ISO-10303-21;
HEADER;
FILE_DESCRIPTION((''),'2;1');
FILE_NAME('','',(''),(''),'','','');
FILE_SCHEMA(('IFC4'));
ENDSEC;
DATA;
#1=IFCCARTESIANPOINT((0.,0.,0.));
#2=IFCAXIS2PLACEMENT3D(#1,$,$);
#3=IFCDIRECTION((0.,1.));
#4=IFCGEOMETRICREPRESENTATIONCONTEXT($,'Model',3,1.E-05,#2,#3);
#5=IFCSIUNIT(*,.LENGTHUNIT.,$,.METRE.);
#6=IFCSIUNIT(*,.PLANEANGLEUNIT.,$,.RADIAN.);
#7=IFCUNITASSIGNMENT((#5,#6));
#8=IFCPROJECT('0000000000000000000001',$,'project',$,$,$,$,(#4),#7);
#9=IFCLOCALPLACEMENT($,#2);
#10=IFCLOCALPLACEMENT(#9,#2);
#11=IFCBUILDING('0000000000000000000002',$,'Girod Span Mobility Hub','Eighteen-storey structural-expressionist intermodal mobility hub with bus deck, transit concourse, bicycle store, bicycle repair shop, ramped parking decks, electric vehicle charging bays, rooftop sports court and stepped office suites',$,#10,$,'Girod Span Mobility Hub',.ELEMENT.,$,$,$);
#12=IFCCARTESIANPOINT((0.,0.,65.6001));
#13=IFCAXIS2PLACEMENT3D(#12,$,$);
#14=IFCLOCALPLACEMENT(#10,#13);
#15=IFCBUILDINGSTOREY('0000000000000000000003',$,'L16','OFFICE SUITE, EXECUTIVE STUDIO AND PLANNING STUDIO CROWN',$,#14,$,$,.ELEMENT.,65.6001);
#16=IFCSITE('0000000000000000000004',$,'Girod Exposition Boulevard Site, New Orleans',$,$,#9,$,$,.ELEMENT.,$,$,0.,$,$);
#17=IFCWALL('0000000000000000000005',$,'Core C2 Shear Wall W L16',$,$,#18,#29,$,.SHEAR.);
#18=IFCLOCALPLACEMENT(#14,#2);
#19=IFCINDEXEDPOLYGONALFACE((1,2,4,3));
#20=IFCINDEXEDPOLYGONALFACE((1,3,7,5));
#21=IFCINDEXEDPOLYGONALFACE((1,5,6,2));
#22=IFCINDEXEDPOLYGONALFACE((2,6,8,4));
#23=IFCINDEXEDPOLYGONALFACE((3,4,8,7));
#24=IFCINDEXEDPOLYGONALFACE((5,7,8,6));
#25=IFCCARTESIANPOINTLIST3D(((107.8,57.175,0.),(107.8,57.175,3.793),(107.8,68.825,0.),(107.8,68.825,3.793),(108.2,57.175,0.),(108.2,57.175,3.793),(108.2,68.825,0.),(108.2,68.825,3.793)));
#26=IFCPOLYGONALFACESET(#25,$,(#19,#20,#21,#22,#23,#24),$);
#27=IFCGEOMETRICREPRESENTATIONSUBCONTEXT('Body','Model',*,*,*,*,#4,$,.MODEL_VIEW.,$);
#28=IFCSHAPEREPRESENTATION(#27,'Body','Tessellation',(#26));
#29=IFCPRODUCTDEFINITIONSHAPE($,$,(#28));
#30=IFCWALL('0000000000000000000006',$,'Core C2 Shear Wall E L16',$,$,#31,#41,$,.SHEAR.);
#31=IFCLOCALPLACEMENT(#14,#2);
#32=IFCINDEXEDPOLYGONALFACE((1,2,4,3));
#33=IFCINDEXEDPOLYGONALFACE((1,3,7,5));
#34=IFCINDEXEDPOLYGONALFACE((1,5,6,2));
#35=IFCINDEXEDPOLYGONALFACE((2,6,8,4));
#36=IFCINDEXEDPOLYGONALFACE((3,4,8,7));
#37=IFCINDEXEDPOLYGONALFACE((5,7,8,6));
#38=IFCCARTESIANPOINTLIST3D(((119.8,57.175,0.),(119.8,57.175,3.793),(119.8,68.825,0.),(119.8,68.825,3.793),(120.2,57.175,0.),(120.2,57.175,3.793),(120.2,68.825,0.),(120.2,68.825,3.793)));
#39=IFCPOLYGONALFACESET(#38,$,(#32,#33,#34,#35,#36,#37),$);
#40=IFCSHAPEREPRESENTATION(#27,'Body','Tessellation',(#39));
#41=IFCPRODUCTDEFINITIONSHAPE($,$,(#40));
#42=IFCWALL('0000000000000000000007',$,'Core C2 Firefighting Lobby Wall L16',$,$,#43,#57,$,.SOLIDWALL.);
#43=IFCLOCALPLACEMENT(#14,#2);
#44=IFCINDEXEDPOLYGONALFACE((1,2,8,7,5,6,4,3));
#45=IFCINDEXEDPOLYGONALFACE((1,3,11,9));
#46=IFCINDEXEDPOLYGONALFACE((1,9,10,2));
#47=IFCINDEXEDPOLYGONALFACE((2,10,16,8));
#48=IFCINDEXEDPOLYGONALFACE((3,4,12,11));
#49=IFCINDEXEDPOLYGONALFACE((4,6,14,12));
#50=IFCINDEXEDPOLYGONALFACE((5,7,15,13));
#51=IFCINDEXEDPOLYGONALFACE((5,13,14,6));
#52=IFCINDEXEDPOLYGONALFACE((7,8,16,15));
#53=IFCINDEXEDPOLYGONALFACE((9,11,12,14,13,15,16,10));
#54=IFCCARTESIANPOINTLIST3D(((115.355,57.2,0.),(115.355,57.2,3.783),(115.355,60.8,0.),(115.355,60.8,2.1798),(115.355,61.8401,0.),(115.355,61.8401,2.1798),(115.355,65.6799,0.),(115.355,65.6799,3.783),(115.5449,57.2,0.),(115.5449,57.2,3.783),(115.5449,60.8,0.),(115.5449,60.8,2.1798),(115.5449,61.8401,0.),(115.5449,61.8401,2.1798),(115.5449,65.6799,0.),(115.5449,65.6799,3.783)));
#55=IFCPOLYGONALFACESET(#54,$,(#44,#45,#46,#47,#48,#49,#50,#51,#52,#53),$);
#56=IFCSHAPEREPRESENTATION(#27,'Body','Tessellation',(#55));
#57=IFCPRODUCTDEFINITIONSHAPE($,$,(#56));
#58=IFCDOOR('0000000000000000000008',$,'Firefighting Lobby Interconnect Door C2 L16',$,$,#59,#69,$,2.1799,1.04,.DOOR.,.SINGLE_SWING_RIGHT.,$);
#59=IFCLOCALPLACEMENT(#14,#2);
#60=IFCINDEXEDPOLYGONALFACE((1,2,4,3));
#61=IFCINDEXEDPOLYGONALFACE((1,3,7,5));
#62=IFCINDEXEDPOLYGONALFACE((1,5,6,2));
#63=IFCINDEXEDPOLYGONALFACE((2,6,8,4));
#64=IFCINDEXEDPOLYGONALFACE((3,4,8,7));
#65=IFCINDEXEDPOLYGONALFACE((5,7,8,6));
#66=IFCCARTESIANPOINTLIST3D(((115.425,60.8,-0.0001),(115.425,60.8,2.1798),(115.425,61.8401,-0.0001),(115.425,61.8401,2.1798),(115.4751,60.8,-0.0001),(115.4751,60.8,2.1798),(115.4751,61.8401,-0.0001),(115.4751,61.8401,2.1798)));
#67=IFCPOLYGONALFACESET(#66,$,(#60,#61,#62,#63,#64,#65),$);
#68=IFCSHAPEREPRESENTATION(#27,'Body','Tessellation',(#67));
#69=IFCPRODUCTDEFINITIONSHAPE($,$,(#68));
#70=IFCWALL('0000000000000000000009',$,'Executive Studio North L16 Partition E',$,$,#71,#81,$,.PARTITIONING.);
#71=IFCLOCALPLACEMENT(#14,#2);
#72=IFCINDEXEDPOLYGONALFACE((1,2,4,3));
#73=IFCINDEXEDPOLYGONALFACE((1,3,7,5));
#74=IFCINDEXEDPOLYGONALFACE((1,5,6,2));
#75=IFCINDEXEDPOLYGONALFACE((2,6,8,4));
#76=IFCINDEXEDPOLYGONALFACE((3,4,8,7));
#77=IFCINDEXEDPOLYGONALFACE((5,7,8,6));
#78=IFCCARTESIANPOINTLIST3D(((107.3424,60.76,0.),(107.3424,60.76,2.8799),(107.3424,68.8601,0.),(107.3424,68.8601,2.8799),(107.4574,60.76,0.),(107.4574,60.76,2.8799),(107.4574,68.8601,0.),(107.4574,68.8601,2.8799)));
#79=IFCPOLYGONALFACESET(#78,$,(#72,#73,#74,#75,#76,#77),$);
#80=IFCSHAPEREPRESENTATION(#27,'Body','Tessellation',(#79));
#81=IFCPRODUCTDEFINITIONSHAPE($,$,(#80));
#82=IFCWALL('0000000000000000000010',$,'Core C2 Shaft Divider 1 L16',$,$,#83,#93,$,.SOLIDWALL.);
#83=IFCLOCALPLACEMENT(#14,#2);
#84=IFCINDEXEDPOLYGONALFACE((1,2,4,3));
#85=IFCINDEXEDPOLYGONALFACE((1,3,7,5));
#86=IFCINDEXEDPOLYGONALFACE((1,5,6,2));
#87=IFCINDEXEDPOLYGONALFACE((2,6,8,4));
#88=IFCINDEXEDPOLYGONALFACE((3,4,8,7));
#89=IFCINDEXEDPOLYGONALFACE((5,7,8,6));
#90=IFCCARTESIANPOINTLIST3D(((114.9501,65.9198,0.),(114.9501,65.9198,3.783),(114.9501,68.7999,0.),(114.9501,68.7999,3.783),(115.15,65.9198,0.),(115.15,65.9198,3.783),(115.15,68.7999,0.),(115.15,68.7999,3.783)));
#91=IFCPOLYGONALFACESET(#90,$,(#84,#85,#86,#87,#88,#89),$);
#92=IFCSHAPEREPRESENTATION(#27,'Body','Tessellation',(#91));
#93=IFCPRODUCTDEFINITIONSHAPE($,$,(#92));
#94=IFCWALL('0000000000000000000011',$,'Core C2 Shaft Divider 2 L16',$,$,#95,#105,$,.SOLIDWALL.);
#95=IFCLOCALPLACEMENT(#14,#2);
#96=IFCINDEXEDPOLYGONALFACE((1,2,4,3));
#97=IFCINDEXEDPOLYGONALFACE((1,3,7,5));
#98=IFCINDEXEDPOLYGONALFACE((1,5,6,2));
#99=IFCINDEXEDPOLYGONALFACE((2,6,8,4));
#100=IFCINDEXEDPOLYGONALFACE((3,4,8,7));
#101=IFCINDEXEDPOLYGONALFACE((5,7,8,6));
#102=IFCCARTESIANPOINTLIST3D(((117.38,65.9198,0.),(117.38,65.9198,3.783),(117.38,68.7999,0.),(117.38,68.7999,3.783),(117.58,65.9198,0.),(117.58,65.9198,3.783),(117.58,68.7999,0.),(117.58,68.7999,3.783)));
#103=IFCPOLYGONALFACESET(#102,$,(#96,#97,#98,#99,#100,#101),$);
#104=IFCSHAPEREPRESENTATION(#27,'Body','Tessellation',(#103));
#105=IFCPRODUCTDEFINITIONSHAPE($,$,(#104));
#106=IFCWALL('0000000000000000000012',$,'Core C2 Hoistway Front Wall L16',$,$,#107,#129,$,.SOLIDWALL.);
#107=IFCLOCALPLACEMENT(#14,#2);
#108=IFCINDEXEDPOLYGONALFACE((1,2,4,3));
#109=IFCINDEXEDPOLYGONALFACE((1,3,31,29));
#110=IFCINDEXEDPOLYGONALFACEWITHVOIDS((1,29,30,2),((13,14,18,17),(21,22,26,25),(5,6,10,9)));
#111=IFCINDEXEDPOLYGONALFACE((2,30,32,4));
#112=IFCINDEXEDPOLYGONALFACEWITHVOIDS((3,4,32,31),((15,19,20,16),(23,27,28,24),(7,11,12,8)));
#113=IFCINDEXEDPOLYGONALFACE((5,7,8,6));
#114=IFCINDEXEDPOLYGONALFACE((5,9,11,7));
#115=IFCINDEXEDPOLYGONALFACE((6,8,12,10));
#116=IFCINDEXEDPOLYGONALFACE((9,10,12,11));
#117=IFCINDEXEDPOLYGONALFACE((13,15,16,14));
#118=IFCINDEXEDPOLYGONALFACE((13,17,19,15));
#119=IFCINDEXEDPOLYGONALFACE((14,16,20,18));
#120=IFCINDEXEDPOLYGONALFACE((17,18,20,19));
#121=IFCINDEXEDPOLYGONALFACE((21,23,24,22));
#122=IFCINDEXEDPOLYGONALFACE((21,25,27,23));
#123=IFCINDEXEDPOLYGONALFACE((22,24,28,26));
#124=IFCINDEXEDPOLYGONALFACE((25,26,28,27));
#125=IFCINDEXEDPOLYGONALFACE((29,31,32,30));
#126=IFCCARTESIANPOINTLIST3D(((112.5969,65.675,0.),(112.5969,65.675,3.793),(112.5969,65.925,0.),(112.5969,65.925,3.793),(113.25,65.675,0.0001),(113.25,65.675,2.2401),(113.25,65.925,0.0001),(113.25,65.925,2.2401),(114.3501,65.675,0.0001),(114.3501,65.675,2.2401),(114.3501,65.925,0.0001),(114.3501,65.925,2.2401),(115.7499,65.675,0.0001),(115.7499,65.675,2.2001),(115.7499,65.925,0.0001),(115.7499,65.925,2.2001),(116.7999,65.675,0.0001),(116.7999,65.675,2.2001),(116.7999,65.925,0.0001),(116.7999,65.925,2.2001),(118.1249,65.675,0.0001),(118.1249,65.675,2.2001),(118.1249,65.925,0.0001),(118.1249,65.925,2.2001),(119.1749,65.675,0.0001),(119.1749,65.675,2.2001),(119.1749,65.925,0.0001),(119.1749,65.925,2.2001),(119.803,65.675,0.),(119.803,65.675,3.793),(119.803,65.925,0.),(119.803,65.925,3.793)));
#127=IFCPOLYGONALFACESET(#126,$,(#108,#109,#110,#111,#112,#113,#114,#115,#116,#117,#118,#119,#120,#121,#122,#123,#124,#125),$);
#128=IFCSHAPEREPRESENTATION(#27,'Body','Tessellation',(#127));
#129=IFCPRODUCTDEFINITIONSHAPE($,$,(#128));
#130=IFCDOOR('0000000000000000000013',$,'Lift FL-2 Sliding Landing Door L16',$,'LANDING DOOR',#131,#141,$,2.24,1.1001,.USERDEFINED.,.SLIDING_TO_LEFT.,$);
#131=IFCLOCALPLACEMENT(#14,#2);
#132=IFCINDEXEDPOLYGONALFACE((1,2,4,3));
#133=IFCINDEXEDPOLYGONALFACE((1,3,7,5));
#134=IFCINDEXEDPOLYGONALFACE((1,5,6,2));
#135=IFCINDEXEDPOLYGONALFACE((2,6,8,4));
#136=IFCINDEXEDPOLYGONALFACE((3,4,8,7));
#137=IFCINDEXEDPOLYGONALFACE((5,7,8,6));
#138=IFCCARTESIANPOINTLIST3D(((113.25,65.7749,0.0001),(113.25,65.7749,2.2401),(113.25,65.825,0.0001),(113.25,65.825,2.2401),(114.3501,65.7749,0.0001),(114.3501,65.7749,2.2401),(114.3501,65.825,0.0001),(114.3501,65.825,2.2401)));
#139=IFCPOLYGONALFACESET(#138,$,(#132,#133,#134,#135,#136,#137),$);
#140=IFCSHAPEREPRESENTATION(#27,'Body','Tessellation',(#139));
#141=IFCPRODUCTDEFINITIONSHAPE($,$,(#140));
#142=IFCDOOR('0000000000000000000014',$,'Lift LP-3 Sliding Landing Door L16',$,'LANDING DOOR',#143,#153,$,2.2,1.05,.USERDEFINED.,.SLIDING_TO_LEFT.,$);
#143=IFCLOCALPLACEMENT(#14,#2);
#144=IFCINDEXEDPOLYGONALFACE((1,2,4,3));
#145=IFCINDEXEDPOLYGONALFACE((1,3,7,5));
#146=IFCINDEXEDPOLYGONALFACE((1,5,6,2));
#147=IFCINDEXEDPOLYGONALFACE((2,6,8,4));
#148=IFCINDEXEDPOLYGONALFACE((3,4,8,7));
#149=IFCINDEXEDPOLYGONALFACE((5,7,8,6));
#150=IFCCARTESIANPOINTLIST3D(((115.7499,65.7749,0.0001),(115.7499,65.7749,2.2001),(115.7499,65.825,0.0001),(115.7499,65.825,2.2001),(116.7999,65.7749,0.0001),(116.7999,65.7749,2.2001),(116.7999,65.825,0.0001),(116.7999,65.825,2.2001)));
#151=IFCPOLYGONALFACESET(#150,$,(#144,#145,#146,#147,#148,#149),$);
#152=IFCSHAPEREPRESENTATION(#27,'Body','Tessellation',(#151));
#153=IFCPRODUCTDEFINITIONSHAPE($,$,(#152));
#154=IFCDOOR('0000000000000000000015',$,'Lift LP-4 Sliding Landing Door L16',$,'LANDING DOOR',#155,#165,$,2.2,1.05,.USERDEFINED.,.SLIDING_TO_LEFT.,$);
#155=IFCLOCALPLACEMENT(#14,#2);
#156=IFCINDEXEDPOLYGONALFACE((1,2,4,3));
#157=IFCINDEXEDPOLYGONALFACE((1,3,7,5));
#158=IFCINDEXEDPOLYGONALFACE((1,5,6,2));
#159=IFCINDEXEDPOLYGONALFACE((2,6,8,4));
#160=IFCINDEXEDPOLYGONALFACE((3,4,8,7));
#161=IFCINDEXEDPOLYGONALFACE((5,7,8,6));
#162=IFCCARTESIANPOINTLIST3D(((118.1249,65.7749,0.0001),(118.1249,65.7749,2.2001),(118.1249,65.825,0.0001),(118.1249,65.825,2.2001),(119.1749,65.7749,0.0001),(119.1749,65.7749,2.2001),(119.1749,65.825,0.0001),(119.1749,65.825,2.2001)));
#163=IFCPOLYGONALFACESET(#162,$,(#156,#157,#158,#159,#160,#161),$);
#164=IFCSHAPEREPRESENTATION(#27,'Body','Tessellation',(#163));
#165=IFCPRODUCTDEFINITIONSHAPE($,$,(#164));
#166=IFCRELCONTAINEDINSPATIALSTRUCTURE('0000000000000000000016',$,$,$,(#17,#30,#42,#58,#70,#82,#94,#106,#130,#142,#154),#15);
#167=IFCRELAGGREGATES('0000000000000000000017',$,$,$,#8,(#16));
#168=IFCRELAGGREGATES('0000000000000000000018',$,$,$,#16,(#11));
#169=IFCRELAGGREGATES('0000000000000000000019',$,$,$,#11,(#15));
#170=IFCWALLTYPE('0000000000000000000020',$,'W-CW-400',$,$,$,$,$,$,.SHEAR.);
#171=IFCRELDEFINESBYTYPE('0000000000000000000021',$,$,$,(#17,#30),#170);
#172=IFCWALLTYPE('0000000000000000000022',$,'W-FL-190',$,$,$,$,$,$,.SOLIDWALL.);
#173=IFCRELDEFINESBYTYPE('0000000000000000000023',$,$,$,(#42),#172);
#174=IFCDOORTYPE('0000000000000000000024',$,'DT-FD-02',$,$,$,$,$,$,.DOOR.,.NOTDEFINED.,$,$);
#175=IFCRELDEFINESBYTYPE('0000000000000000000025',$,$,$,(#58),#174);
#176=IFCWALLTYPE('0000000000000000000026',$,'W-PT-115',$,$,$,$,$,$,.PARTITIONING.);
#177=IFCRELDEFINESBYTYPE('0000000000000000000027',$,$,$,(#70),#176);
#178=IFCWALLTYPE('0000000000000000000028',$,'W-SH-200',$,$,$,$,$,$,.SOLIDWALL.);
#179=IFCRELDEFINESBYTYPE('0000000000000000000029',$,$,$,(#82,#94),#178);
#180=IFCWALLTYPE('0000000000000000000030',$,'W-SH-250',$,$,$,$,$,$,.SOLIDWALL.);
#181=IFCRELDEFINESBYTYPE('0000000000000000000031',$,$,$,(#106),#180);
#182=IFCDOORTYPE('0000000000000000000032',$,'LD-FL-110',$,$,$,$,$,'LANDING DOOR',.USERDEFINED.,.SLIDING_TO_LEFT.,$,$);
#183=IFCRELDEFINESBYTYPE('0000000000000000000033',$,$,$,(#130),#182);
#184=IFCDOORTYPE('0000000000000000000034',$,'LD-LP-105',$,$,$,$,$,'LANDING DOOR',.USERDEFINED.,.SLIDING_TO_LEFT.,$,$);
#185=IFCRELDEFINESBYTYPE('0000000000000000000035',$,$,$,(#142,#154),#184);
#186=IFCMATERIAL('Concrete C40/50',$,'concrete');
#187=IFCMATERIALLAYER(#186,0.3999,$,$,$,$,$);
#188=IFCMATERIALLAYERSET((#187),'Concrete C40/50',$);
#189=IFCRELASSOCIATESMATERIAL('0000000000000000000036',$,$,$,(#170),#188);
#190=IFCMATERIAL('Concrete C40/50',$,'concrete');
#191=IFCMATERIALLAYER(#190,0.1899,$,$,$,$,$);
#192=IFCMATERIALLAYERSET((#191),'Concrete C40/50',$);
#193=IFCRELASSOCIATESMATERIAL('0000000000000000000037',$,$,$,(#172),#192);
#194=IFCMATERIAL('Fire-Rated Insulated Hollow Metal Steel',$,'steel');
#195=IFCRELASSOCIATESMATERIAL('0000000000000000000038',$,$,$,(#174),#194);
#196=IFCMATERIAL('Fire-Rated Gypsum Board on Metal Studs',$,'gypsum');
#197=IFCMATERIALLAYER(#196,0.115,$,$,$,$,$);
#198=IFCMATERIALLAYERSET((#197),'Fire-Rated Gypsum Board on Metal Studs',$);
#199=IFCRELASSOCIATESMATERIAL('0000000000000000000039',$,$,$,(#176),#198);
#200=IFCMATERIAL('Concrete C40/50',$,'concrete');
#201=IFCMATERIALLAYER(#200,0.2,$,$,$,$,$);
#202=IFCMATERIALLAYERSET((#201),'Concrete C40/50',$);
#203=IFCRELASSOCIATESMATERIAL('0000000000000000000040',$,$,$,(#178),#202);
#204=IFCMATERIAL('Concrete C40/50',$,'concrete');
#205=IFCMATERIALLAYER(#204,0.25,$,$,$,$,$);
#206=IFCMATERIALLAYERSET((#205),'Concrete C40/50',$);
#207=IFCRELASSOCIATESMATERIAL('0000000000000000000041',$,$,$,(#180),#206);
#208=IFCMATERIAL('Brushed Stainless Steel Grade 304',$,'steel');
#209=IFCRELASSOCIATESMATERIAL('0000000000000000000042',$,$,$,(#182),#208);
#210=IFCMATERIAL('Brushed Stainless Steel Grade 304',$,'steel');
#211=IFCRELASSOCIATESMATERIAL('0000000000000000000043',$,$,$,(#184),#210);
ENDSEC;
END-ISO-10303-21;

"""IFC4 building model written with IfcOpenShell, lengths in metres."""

from ifc_helpers import new_model, si_unit, direction, frame, frame_2d, origin, place, context, subcontext, project, spatial, rectangle, extrude, material, layer, layer_set, type_object, element, fill, save


model = new_model("IFC4")

# Units and contexts
model_context = context("Model", 3, precision=1e-05, world=origin(), true_north=direction((0.0, 1.0)))
body_context = subcontext(model_context, "Body", "Model", "MODEL_VIEW")
ifc_project = project(units=[si_unit("LENGTHUNIT", "METRE"), si_unit("PLANEANGLEUNIT", "RADIAN")], contexts=[model_context])

# Site, building, storey
site_placement = place(None, origin())
site = spatial("IfcSite", under=ifc_project, at=site_placement, Name="Girod Exposition Boulevard Site, New Orleans", CompositionType="ELEMENT", RefElevation=0.0)
building_placement = place(site_placement, origin())
building = spatial("IfcBuilding", under=site, at=building_placement, Name="Girod Span Mobility Hub", Description="Eighteen-storey structural-expressionist intermodal mobility hub with bus deck, transit concourse, bicycle store, bicycle repair shop, ramped parking decks, electric vehicle charging bays, rooftop sports court and stepped office suites", LongName="Girod Span Mobility Hub", CompositionType="ELEMENT")
storey_placement = place(building_placement, frame((0.0, 0.0, 65.6001)))
storey = spatial("IfcBuildingStorey", under=building, at=storey_placement, Name="L16", Description="OFFICE SUITE, EXECUTIVE STUDIO AND PLANNING STUDIO CROWN", CompositionType="ELEMENT", Elevation=65.6001)

# Walls
ifc_material_1 = material(Name="Concrete C40/50", Category="concrete")
ifc_layer_1 = layer(ifc_material_1, 0.3999)
ifc_layer_set_1 = layer_set([ifc_layer_1], Name="Concrete C40/50")
wall_type_1 = type_object("IfcWallType", Name="W-CW-400", PredefinedType="SHEAR", material=ifc_layer_set_1)
for number, where, z_axis, x_axis, name in (
    (1, (108.0, 57.175, 0.0), (0.0, 0.0, 1.0), (0.0, 1.0, 0.0), "Core C2 Shear Wall W L16"),
    (2, (120.0, 57.175, 0.0), (0.0, 0.0, 1.0), (0.0, 1.0, 0.0), "Core C2 Shear Wall E L16"),
):
    element("IfcWall", number, at=place(storey_placement, frame(where, z_axis=z_axis, x_axis=x_axis)), inside=storey, type_object=wall_type_1, Name=name, PredefinedType="SHEAR", context=body_context, shape_type="SweptSolid", body=[
        extrude(rectangle(XDim=11.6499, YDim=0.3999, at=frame_2d((5.825, 0.0))), origin(), (0.0, 0.0, 1.0), 3.793),
    ])

# Wall, opening, door
ifc_material_2 = material(Name="Concrete C40/50", Category="concrete")
ifc_layer_2 = layer(ifc_material_2, 0.1899)
ifc_layer_set_2 = layer_set([ifc_layer_2], Name="Concrete C40/50")
wall_type_2 = type_object("IfcWallType", Name="W-FL-190", PredefinedType="SOLIDWALL", material=ifc_layer_set_2)
wall_1_placement = place(storey_placement, frame((115.45, 57.2, 0.0), z_axis=(0.0, 0.0, 1.0), x_axis=(0.0, 1.0, 0.0)))
wall_1 = element("IfcWall", 3, at=wall_1_placement, inside=storey, type_object=wall_type_2, Name="Core C2 Firefighting Lobby Wall L16", PredefinedType="SOLIDWALL", context=body_context, shape_type="SweptSolid", body=[
    extrude(rectangle(XDim=8.48, YDim=0.1899, at=frame_2d((4.24, 0.0))), origin(), (0.0, 0.0, 1.0), 3.783),
])
opening_1_placement = place(wall_1_placement, frame((3.6001, 0.0, 0.0)))
opening_1 = element("IfcOpeningElement", 4, at=opening_1_placement, cuts=wall_1, PredefinedType="OPENING", context=body_context, shape_type="SweptSolid", body=[
    extrude(rectangle(XDim=1.04, YDim=2.1799, at=frame_2d((0.52, 1.0898))), frame((0.0, 0.1099, 0.0), z_axis=(0.0, -1.0, 0.0), x_axis=(1.0, 0.0, 0.0)), (0.0, 0.0, 1.0), 0.22),
])
ifc_material_3 = material(Name="Fire-Rated Insulated Hollow Metal Steel", Category="steel")
door_type_1 = type_object("IfcDoorType", Name="DT-FD-02", OperationType="NOTDEFINED", PredefinedType="DOOR", material=ifc_material_3)
door_1_placement = place(opening_1_placement, origin())
door_1 = element("IfcDoor", 5, at=door_1_placement, inside=storey, type_object=door_type_1, Name="Firefighting Lobby Interconnect Door C2 L16", OperationType="SINGLE_SWING_RIGHT", OverallHeight=2.1799, OverallWidth=1.04, PredefinedType="DOOR", context=body_context, shape_type="SweptSolid", body=[
    extrude(rectangle(XDim=1.04, YDim=2.1799, at=frame_2d((0.52, 1.0898))), frame((0.0, 0.0249, 0.0), z_axis=(0.0, -1.0, 0.0), x_axis=(1.0, 0.0, 0.0)), (0.0, 0.0, 1.0), 0.05),
])
fill(opening_1, door_1)

# Walls
ifc_material_4 = material(Name="Fire-Rated Gypsum Board on Metal Studs", Category="gypsum")
ifc_layer_3 = layer(ifc_material_4, 0.115)
ifc_layer_set_3 = layer_set([ifc_layer_3], Name="Fire-Rated Gypsum Board on Metal Studs")
wall_type_3 = type_object("IfcWallType", Name="W-PT-115", PredefinedType="PARTITIONING", material=ifc_layer_set_3)
wall_2_placement = place(storey_placement, frame((107.3999, 60.76, 0.0), z_axis=(0.0, 0.0, 1.0), x_axis=(0.0, 1.0, 0.0)))
element("IfcWall", 6, at=wall_2_placement, inside=storey, type_object=wall_type_3, Name="Executive Studio North L16 Partition E", PredefinedType="PARTITIONING", context=body_context, shape_type="SweptSolid", body=[
    extrude(rectangle(XDim=8.1001, YDim=0.115, at=frame_2d((4.05, 0.0))), origin(), (0.0, 0.0, 1.0), 2.8799),
])
ifc_material_5 = material(Name="Concrete C40/50", Category="concrete")
ifc_layer_4 = layer(ifc_material_5, 0.2)
ifc_layer_set_4 = layer_set([ifc_layer_4], Name="Concrete C40/50")
wall_type_4 = type_object("IfcWallType", Name="W-SH-200", PredefinedType="SOLIDWALL", material=ifc_layer_set_4)
for number, where, z_axis, x_axis, name in (
    (7, (115.05, 65.9199, 0.0), (0.0, 0.0, 1.0), (0.0, 1.0, 0.0), "Core C2 Shaft Divider 1 L16"),
    (8, (117.48, 65.9199, 0.0), (0.0, 0.0, 1.0), (0.0, 1.0, 0.0), "Core C2 Shaft Divider 2 L16"),
):
    element("IfcWall", number, at=place(storey_placement, frame(where, z_axis=z_axis, x_axis=x_axis)), inside=storey, type_object=wall_type_4, Name=name, PredefinedType="SOLIDWALL", context=body_context, shape_type="SweptSolid", body=[
        extrude(rectangle(XDim=2.8801, YDim=0.2, at=frame_2d((1.4399, 0.0))), origin(), (0.0, 0.0, 1.0), 3.783),
    ])

# Wall, openings, doors
ifc_material_6 = material(Name="Concrete C40/50", Category="concrete")
ifc_layer_5 = layer(ifc_material_6, 0.25)
ifc_layer_set_5 = layer_set([ifc_layer_5], Name="Concrete C40/50")
wall_type_5 = type_object("IfcWallType", Name="W-SH-250", PredefinedType="SOLIDWALL", material=ifc_layer_set_5)
wall_3_placement = place(storey_placement, frame((112.5969, 65.8, 0.0), z_axis=(0.0, 0.0, 1.0), x_axis=(1.0, 0.0, 0.0)))
wall_3 = element("IfcWall", 9, at=wall_3_placement, inside=storey, type_object=wall_type_5, Name="Core C2 Hoistway Front Wall L16", PredefinedType="SOLIDWALL", context=body_context, shape_type="SweptSolid", body=[
    extrude(rectangle(XDim=7.2061, YDim=0.25, at=frame_2d((3.603, 0.0))), origin(), (0.0, 0.0, 1.0), 3.793),
])
opening_2_placement = place(wall_3_placement, frame((0.6531, 0.0, 0.0)))
opening_2 = element("IfcOpeningElement", 10, at=opening_2_placement, cuts=wall_3, PredefinedType="OPENING", context=body_context, shape_type="SweptSolid", body=[
    extrude(rectangle(XDim=1.1001, YDim=2.24, at=frame_2d((0.55, 1.1201))), frame((0.0, 0.1399, 0.0), z_axis=(0.0, -1.0, 0.0), x_axis=(1.0, 0.0, 0.0)), (0.0, 0.0, 1.0), 0.28),
])
opening_3_placement = place(wall_3_placement, frame((3.1531, 0.0, 0.0)))
opening_3 = element("IfcOpeningElement", 11, at=opening_3_placement, cuts=wall_3, PredefinedType="OPENING", context=body_context, shape_type="SweptSolid", body=[
    extrude(rectangle(XDim=1.05, YDim=2.2, at=frame_2d((0.5249, 1.1001))), frame((0.0, 0.1399, 0.0), z_axis=(0.0, -1.0, 0.0), x_axis=(1.0, 0.0, 0.0)), (0.0, 0.0, 1.0), 0.28),
])
opening_4_placement = place(wall_3_placement, frame((5.5281, 0.0, 0.0)))
opening_4 = element("IfcOpeningElement", 12, at=opening_4_placement, cuts=wall_3, PredefinedType="OPENING", context=body_context, shape_type="SweptSolid", body=[
    extrude(rectangle(XDim=1.05, YDim=2.2, at=frame_2d((0.5249, 1.1001))), frame((0.0, 0.1399, 0.0), z_axis=(0.0, -1.0, 0.0), x_axis=(1.0, 0.0, 0.0)), (0.0, 0.0, 1.0), 0.28),
])
ifc_material_7 = material(Name="Brushed Stainless Steel Grade 304", Category="steel")
door_type_2 = type_object("IfcDoorType", Name="LD-FL-110", ElementType="LANDING DOOR", OperationType="SLIDING_TO_LEFT", PredefinedType="USERDEFINED", material=ifc_material_7)
door_2_placement = place(opening_2_placement, origin())
door_2 = element("IfcDoor", 13, at=door_2_placement, inside=storey, type_object=door_type_2, Name="Lift FL-2 Sliding Landing Door L16", ObjectType="LANDING DOOR", OperationType="SLIDING_TO_LEFT", OverallHeight=2.24, OverallWidth=1.1001, PredefinedType="USERDEFINED", context=body_context, shape_type="SweptSolid", body=[
    extrude(rectangle(XDim=1.1001, YDim=2.24, at=frame_2d((0.55, 1.1201))), frame((0.0, 0.0249, 0.0), z_axis=(0.0, -1.0, 0.0), x_axis=(1.0, 0.0, 0.0)), (0.0, 0.0, 1.0), 0.05),
])
fill(opening_2, door_2)
ifc_material_8 = material(Name="Brushed Stainless Steel Grade 304", Category="steel")
door_type_3 = type_object("IfcDoorType", Name="LD-LP-105", ElementType="LANDING DOOR", OperationType="SLIDING_TO_LEFT", PredefinedType="USERDEFINED", material=ifc_material_8)
door_3_placement = place(opening_3_placement, origin())
door_3 = element("IfcDoor", 14, at=door_3_placement, inside=storey, type_object=door_type_3, Name="Lift LP-3 Sliding Landing Door L16", ObjectType="LANDING DOOR", OperationType="SLIDING_TO_LEFT", OverallHeight=2.2, OverallWidth=1.05, PredefinedType="USERDEFINED", context=body_context, shape_type="SweptSolid", body=[
    extrude(rectangle(XDim=1.05, YDim=2.2, at=frame_2d((0.5249, 1.1001))), frame((0.0, 0.0249, 0.0), z_axis=(0.0, -1.0, 0.0), x_axis=(1.0, 0.0, 0.0)), (0.0, 0.0, 1.0), 0.05),
])
fill(opening_3, door_3)
door_4_placement = place(opening_4_placement, origin())
door_4 = element("IfcDoor", 15, at=door_4_placement, inside=storey, type_object=door_type_3, Name="Lift LP-4 Sliding Landing Door L16", ObjectType="LANDING DOOR", OperationType="SLIDING_TO_LEFT", OverallHeight=2.2, OverallWidth=1.05, PredefinedType="USERDEFINED", context=body_context, shape_type="SweptSolid", body=[
    extrude(rectangle(XDim=1.05, YDim=2.2, at=frame_2d((0.5249, 1.1001))), frame((0.0, 0.0249, 0.0), z_axis=(0.0, -1.0, 0.0), x_axis=(1.0, 0.0, 0.0)), (0.0, 0.0, 1.0), 0.05),
])
fill(opening_4, door_4)

save(model, "model.ifc")
